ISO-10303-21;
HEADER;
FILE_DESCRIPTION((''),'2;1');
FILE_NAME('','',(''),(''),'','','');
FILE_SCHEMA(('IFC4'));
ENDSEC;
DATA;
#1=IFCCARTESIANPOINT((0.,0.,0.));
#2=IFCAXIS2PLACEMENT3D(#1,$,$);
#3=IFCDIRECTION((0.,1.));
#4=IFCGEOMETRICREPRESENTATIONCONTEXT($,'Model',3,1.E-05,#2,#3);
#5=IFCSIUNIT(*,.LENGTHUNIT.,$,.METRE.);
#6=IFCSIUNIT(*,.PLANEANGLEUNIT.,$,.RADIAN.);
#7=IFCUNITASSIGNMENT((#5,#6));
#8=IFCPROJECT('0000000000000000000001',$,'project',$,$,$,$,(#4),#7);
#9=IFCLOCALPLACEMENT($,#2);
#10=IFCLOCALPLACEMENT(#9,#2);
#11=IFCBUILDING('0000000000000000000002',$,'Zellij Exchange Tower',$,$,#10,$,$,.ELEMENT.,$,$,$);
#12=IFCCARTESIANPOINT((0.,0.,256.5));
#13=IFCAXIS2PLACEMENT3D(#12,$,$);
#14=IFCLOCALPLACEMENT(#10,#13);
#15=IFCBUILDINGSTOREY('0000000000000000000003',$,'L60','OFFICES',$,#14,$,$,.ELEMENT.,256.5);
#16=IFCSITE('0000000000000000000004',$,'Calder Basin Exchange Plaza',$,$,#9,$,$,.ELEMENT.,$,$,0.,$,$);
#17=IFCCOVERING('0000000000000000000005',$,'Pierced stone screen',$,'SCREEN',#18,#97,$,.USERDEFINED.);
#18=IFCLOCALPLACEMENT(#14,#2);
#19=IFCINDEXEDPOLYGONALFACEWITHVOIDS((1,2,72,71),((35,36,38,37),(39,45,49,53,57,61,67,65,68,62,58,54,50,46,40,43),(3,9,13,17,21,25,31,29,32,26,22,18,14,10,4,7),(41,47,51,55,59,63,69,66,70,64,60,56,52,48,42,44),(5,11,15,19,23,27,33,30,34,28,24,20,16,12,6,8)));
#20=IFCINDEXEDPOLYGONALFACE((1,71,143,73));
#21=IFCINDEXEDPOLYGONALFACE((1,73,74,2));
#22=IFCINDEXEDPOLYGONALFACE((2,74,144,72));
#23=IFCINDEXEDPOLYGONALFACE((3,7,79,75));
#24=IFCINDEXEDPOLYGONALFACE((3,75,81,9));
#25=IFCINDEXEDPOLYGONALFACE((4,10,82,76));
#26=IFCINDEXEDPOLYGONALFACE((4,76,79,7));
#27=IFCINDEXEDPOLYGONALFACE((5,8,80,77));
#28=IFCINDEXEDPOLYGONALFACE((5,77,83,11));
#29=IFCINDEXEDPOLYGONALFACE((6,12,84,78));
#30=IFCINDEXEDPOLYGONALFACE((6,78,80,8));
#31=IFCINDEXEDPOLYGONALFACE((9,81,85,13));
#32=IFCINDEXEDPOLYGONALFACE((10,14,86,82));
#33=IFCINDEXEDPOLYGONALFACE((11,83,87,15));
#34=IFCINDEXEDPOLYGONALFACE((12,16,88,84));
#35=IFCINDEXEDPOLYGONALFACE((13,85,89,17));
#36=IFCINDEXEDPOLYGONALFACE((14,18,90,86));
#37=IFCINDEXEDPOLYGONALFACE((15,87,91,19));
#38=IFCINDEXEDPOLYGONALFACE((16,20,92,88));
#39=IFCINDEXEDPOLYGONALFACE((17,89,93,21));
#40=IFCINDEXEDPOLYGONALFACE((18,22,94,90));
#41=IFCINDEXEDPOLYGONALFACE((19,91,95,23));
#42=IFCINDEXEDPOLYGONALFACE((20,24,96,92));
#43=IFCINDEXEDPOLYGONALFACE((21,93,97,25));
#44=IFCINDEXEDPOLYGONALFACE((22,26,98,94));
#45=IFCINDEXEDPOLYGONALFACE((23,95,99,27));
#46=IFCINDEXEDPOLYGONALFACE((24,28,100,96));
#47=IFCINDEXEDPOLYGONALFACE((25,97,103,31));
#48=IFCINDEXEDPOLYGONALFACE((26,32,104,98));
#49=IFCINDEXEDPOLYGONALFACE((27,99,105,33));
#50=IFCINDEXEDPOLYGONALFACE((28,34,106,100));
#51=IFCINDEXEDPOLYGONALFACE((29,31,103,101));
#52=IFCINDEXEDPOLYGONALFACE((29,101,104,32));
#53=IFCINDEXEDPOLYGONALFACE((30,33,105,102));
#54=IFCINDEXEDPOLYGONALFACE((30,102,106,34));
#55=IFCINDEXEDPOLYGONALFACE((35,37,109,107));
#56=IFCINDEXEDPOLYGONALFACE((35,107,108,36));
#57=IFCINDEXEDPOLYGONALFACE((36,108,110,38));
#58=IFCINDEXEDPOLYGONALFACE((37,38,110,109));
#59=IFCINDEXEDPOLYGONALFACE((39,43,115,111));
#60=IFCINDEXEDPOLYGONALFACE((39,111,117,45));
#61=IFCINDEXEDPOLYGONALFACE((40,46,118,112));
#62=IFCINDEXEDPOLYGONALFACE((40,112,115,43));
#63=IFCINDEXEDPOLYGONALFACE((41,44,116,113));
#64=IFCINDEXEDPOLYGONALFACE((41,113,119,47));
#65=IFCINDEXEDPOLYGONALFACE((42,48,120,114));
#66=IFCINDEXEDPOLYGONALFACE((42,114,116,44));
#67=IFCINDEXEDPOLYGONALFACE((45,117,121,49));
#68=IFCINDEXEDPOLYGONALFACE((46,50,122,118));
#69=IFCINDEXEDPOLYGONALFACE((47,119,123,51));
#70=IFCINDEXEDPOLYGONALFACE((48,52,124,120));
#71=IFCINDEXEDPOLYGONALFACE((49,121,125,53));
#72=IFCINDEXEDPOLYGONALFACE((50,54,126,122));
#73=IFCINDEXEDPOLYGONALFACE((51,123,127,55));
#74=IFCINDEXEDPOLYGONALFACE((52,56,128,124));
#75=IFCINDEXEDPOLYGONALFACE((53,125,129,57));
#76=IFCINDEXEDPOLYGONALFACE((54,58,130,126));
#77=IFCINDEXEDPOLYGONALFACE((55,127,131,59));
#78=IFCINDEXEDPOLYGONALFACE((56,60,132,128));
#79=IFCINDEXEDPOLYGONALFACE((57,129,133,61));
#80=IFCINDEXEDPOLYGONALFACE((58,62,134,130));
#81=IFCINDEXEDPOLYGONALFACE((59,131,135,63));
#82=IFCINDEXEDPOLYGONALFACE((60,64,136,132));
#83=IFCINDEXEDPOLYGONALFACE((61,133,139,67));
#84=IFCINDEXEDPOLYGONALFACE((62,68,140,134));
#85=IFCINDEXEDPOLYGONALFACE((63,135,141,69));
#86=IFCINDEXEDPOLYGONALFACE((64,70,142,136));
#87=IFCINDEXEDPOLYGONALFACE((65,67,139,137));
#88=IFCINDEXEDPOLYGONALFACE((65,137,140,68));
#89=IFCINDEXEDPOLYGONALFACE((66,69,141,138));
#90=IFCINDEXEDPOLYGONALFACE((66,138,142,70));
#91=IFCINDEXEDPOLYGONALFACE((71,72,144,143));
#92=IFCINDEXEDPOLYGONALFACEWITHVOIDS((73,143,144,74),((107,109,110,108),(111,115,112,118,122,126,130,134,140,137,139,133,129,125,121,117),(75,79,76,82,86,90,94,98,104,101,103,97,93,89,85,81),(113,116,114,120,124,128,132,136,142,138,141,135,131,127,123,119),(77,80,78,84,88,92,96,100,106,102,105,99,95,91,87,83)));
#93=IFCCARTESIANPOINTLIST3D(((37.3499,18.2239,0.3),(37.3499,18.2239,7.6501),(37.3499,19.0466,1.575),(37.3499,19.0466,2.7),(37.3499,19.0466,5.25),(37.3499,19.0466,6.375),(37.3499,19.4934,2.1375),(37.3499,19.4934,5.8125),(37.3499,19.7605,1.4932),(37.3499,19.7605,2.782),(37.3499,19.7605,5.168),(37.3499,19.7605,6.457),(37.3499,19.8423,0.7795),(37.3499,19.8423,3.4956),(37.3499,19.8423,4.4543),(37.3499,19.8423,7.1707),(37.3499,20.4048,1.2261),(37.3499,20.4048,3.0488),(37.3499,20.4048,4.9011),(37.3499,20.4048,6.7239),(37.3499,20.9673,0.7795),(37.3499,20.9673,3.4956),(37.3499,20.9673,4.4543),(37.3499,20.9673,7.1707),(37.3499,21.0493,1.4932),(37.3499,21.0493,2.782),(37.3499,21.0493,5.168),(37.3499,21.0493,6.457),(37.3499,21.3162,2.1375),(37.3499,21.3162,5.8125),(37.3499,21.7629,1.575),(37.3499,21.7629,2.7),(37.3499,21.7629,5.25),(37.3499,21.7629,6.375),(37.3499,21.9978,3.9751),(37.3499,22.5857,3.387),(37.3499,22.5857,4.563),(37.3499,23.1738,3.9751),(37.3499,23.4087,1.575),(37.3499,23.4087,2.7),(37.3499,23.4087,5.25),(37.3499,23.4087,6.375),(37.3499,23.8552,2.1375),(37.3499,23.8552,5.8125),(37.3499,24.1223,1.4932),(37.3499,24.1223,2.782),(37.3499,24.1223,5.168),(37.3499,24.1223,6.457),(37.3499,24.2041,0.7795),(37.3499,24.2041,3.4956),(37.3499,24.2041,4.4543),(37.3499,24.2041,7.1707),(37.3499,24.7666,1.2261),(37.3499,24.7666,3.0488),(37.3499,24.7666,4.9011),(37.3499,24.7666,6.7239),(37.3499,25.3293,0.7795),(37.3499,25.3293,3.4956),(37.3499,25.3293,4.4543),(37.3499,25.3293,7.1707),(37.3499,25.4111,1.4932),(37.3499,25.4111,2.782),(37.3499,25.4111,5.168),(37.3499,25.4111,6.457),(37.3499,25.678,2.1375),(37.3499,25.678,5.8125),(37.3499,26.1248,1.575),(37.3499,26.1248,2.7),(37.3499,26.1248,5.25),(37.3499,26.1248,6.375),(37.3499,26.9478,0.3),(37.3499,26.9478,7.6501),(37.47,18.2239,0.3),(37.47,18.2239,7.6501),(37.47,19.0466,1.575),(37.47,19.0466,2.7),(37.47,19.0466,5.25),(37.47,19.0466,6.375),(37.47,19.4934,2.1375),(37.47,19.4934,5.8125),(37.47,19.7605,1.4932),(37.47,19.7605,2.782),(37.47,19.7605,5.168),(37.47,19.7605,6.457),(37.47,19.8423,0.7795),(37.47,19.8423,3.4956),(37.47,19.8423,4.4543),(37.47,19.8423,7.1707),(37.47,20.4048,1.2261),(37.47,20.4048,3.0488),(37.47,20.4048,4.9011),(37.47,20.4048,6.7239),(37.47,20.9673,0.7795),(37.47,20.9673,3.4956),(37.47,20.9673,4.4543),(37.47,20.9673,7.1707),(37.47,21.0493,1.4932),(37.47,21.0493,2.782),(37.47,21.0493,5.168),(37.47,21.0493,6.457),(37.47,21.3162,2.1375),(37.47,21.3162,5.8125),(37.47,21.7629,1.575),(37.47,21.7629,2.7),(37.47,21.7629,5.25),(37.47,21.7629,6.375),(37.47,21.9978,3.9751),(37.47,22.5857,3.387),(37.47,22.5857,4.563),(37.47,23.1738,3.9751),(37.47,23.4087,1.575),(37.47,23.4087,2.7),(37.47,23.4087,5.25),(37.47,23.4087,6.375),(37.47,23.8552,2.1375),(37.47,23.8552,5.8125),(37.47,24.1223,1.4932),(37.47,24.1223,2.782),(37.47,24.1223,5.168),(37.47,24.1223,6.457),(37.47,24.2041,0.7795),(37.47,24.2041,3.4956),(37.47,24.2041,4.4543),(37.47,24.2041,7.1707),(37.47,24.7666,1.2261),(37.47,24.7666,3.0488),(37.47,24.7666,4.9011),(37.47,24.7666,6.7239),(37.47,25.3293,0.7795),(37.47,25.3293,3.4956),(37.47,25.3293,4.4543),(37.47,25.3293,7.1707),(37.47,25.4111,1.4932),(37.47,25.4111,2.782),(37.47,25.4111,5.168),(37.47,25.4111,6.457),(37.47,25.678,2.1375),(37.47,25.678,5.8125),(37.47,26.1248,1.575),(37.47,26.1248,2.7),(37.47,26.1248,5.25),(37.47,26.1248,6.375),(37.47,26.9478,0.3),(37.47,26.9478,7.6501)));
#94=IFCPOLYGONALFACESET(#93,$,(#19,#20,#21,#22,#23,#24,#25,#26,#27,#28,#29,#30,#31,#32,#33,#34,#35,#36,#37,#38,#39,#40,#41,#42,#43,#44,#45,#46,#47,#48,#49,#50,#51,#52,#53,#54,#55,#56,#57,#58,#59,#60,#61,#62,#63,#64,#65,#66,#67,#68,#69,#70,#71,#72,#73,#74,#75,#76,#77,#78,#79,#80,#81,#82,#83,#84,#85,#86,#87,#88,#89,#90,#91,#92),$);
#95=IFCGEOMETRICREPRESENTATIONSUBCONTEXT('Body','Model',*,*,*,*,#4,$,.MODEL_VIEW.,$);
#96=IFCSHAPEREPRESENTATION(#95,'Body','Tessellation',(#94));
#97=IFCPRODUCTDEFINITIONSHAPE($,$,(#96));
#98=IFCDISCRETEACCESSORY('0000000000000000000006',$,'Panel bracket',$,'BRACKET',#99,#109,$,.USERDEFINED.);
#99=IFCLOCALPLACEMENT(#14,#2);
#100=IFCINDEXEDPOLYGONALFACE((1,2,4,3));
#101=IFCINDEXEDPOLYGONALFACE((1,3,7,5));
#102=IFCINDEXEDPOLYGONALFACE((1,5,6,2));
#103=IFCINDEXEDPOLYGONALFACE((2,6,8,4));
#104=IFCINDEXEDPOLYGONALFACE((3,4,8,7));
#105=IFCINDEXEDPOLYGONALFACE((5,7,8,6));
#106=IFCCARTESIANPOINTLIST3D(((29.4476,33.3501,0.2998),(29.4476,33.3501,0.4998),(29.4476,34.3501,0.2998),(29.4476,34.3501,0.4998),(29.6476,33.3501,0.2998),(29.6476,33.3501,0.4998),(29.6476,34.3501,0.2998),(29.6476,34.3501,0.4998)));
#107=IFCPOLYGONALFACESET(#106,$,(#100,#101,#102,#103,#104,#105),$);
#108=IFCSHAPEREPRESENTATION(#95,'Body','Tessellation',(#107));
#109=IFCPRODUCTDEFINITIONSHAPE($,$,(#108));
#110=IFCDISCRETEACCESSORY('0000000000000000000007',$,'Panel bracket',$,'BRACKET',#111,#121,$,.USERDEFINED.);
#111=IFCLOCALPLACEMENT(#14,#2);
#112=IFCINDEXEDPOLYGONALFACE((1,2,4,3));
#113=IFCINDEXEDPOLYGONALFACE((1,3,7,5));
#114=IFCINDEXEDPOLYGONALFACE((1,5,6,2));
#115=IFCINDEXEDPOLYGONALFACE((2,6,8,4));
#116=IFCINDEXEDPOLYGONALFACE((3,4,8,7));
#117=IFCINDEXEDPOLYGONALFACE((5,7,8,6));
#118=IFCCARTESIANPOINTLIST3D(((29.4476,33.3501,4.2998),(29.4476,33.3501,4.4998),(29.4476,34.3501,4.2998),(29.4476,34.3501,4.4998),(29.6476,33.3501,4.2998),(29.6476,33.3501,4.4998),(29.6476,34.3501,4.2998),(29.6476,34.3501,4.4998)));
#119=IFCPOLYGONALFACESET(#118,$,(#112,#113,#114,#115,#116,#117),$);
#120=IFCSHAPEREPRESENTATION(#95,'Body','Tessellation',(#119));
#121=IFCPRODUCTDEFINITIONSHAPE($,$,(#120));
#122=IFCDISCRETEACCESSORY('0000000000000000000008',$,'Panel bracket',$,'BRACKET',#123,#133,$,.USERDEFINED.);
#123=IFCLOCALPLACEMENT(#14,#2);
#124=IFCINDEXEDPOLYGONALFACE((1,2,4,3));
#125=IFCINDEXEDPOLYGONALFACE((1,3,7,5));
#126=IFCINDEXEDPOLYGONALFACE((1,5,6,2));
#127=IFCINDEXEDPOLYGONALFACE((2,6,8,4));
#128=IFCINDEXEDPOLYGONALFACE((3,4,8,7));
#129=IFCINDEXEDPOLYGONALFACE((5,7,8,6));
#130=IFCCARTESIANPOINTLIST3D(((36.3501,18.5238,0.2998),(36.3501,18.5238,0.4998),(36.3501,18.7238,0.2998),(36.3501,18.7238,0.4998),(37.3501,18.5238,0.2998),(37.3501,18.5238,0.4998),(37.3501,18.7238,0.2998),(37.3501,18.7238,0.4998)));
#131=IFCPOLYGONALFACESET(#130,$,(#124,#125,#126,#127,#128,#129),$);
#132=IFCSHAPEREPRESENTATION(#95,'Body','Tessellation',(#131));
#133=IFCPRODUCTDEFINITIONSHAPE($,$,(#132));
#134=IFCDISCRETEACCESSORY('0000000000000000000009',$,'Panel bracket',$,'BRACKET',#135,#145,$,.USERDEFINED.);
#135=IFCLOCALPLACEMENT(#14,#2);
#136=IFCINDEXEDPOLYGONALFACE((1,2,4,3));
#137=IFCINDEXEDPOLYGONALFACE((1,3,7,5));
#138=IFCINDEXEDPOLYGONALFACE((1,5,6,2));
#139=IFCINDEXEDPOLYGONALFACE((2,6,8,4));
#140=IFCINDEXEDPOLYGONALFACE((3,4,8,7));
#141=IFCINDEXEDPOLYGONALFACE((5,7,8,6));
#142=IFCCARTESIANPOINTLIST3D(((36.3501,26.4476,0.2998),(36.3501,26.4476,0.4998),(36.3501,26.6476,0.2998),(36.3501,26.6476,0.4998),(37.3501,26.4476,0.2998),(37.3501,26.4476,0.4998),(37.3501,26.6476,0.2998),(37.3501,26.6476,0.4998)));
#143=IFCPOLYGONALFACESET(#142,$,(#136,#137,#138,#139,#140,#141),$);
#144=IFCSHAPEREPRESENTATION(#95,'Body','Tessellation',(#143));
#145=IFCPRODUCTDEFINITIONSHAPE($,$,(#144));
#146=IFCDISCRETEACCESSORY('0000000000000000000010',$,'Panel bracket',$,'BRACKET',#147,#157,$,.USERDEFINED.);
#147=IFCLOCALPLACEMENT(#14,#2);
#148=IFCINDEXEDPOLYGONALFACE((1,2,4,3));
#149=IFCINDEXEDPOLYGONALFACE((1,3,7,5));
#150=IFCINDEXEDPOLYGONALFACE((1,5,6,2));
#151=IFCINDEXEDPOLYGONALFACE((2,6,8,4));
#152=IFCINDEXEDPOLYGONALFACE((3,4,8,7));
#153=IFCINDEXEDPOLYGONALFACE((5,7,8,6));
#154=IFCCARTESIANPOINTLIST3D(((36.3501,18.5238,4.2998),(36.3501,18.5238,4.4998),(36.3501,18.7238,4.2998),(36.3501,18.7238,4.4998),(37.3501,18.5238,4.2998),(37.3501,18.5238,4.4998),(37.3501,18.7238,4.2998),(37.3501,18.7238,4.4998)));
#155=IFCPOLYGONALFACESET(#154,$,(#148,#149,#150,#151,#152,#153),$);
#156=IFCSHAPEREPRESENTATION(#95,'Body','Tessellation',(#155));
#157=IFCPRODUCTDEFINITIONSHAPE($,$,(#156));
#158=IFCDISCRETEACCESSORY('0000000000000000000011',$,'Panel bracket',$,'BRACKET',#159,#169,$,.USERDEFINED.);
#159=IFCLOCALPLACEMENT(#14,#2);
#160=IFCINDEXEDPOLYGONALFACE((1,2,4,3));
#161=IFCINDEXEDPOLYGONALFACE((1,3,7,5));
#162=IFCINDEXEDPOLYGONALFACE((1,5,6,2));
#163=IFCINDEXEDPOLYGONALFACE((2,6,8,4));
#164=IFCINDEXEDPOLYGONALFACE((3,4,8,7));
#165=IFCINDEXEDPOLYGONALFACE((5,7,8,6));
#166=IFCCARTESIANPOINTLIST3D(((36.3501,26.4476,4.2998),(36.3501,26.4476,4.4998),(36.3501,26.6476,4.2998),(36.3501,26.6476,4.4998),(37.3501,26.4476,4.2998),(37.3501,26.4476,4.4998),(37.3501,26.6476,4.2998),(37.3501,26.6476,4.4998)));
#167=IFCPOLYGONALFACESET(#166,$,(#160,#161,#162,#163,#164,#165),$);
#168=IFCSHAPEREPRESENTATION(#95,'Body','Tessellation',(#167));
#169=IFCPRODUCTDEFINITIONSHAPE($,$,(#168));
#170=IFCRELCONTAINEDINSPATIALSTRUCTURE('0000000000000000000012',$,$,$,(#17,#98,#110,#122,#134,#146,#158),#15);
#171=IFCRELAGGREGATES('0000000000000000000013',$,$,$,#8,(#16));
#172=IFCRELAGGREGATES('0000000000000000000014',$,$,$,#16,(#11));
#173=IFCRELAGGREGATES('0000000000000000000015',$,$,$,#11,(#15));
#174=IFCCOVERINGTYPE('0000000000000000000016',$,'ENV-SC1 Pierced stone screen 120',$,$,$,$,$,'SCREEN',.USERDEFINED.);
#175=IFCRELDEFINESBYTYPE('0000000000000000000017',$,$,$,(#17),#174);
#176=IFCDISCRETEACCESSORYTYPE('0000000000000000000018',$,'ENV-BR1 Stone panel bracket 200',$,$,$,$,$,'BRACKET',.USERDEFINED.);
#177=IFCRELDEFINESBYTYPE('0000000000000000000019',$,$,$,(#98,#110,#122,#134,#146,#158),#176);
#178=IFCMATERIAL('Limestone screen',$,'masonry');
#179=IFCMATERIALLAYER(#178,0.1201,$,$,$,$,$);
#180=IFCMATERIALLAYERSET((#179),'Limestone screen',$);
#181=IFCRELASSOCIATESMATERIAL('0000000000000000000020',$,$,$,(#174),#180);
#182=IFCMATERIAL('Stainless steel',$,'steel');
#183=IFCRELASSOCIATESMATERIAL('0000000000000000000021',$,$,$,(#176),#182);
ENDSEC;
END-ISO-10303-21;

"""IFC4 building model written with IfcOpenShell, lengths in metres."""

from ifc_helpers import new_model, si_unit, direction, frame, origin, origin_2d, place, context, subcontext, project, spatial, polyline, rectangle, outline, extrude, material, layer, layer_set, type_object, element, save


model = new_model("IFC4")

# Units and contexts
model_context = context("Model", 3, precision=1e-05, world=origin(), true_north=direction((0.0, 1.0)))
body_context = subcontext(model_context, "Body", "Model", "MODEL_VIEW")
ifc_project = project(units=[si_unit("LENGTHUNIT", "METRE"), si_unit("PLANEANGLEUNIT", "RADIAN")], contexts=[model_context])

# Site, building, storey
site_placement = place(None, origin())
site = spatial("IfcSite", under=ifc_project, at=site_placement, Name="Calder Basin Exchange Plaza", CompositionType="ELEMENT", RefElevation=0.0)
building_placement = place(site_placement, origin())
building = spatial("IfcBuilding", under=site, at=building_placement, Name="Zellij Exchange Tower", CompositionType="ELEMENT")
storey_placement = place(building_placement, frame((0.0, 0.0, 256.5)))
storey = spatial("IfcBuildingStorey", under=building, at=storey_placement, Name="L60", Description="OFFICES", CompositionType="ELEMENT", Elevation=256.5)

# Covering
ifc_material_1 = material(Name="Limestone screen", Category="masonry")
ifc_layer_1 = layer(ifc_material_1, 0.1201)
ifc_layer_set_1 = layer_set([ifc_layer_1], Name="Limestone screen")
covering_type = type_object("IfcCoveringType", Name="ENV-SC1 Pierced stone screen 120", ElementType="SCREEN", PredefinedType="USERDEFINED", material=ifc_layer_set_1)
covering_1_placement = place(storey_placement, frame((37.4099, 18.2239, 0.3), z_axis=(0.0, 0.0, 1.0), x_axis=(0.0, 1.0, 0.0)))
element("IfcCovering", 1, at=covering_1_placement, inside=storey, type_object=covering_type, Name="Pierced stone screen", ObjectType="SCREEN", PredefinedType="USERDEFINED", context=body_context, shape_type="SweptSolid", body=[
    extrude(outline(polyline([(0.0, 0.0), (8.7239, 0.0), (8.7239, 7.3501), (0.0, 7.3501), (0.0, 0.0)]), holes=[polyline([(3.5391, 2.3999), (2.8254, 2.4819), (2.7434, 3.1956), (2.1809, 2.7488), (1.6184, 3.1956), (1.5366, 2.4819), (0.8228, 2.3999), (1.2695, 1.8374), (0.8228, 1.2749), (1.5366, 1.1931), (1.6184, 0.4795), (2.1809, 0.926), (2.7434, 0.4795), (2.8254, 1.1931), (3.5391, 1.2749), (3.0923, 1.8374), (3.5391, 2.3999)]), polyline([(3.5391, 6.075), (2.8254, 6.157), (2.7434, 6.8706), (2.1809, 6.4238), (1.6184, 6.8706), (1.5366, 6.157), (0.8228, 6.075), (1.2695, 5.5125), (0.8228, 4.95), (1.5366, 4.8679), (1.6184, 4.1543), (2.1809, 4.6011), (2.7434, 4.1543), (2.8254, 4.8679), (3.5391, 4.95), (3.0923, 5.5125), (3.5391, 6.075)]), polyline([(7.9009, 2.3999), (7.1873, 2.4819), (7.1055, 3.1956), (6.5427, 2.7488), (5.9802, 3.1956), (5.8984, 2.4819), (5.1848, 2.3999), (5.6313, 1.8374), (5.1848, 1.2749), (5.8984, 1.1931), (5.9802, 0.4795), (6.5427, 0.926), (7.1055, 0.4795), (7.1873, 1.1931), (7.9009, 1.2749), (7.4541, 1.8374), (7.9009, 2.3999)]), polyline([(7.9009, 6.075), (7.1873, 6.157), (7.1055, 6.8706), (6.5427, 6.4238), (5.9802, 6.8706), (5.8984, 6.157), (5.1848, 6.075), (5.6313, 5.5125), (5.1848, 4.95), (5.8984, 4.8679), (5.9802, 4.1543), (6.5427, 4.6011), (7.1055, 4.1543), (7.1873, 4.8679), (7.9009, 4.95), (7.4541, 5.5125), (7.9009, 6.075)]), polyline([(4.95, 3.675), (4.3618, 4.2629), (3.7739, 3.675), (4.3618, 3.0869), (4.95, 3.675)])]), frame((0.0, 0.0601, 0.0), z_axis=(0.0, -1.0, 0.0), x_axis=(1.0, 0.0, 0.0)), (0.0, 0.0, 1.0), 0.1201),
])

# Discrete accessories
ifc_material_2 = material(Name="Stainless steel", Category="steel")
discrete_accessory_type = type_object("IfcDiscreteAccessoryType", Name="ENV-BR1 Stone panel bracket 200", ElementType="BRACKET", PredefinedType="USERDEFINED", material=ifc_material_2)
for number, where, z_axis, x_axis, name in (
    (2, (29.5476, 33.8501, 0.2998), (0.0, 0.0, 1.0), (-1.0, 0.0, 0.0), "Panel bracket"),
    (3, (29.5476, 33.8501, 4.2998), (0.0, 0.0, 1.0), (-1.0, 0.0, 0.0), "Panel bracket"),
    (4, (36.8501, 18.6238, 0.2998), (0.0, 0.0, 1.0), (0.0, 1.0, 0.0), "Panel bracket"),
    (5, (36.8501, 26.5476, 0.2998), (0.0, 0.0, 1.0), (0.0, 1.0, 0.0), "Panel bracket"),
    (6, (36.8501, 18.6238, 4.2998), (0.0, 0.0, 1.0), (0.0, 1.0, 0.0), "Panel bracket"),
    (7, (36.8501, 26.5476, 4.2998), (0.0, 0.0, 1.0), (0.0, 1.0, 0.0), "Panel bracket"),
):
    element("IfcDiscreteAccessory", number, at=place(storey_placement, frame(where, z_axis=z_axis, x_axis=x_axis)), inside=storey, type_object=discrete_accessory_type, Name=name, ObjectType="BRACKET", PredefinedType="USERDEFINED", context=body_context, shape_type="SweptSolid", body=[
        extrude(rectangle(XDim=0.2, YDim=1.0, at=origin_2d()), origin(), (0.0, 0.0, 1.0), 0.2),
    ])

save(model, "model.ifc")
